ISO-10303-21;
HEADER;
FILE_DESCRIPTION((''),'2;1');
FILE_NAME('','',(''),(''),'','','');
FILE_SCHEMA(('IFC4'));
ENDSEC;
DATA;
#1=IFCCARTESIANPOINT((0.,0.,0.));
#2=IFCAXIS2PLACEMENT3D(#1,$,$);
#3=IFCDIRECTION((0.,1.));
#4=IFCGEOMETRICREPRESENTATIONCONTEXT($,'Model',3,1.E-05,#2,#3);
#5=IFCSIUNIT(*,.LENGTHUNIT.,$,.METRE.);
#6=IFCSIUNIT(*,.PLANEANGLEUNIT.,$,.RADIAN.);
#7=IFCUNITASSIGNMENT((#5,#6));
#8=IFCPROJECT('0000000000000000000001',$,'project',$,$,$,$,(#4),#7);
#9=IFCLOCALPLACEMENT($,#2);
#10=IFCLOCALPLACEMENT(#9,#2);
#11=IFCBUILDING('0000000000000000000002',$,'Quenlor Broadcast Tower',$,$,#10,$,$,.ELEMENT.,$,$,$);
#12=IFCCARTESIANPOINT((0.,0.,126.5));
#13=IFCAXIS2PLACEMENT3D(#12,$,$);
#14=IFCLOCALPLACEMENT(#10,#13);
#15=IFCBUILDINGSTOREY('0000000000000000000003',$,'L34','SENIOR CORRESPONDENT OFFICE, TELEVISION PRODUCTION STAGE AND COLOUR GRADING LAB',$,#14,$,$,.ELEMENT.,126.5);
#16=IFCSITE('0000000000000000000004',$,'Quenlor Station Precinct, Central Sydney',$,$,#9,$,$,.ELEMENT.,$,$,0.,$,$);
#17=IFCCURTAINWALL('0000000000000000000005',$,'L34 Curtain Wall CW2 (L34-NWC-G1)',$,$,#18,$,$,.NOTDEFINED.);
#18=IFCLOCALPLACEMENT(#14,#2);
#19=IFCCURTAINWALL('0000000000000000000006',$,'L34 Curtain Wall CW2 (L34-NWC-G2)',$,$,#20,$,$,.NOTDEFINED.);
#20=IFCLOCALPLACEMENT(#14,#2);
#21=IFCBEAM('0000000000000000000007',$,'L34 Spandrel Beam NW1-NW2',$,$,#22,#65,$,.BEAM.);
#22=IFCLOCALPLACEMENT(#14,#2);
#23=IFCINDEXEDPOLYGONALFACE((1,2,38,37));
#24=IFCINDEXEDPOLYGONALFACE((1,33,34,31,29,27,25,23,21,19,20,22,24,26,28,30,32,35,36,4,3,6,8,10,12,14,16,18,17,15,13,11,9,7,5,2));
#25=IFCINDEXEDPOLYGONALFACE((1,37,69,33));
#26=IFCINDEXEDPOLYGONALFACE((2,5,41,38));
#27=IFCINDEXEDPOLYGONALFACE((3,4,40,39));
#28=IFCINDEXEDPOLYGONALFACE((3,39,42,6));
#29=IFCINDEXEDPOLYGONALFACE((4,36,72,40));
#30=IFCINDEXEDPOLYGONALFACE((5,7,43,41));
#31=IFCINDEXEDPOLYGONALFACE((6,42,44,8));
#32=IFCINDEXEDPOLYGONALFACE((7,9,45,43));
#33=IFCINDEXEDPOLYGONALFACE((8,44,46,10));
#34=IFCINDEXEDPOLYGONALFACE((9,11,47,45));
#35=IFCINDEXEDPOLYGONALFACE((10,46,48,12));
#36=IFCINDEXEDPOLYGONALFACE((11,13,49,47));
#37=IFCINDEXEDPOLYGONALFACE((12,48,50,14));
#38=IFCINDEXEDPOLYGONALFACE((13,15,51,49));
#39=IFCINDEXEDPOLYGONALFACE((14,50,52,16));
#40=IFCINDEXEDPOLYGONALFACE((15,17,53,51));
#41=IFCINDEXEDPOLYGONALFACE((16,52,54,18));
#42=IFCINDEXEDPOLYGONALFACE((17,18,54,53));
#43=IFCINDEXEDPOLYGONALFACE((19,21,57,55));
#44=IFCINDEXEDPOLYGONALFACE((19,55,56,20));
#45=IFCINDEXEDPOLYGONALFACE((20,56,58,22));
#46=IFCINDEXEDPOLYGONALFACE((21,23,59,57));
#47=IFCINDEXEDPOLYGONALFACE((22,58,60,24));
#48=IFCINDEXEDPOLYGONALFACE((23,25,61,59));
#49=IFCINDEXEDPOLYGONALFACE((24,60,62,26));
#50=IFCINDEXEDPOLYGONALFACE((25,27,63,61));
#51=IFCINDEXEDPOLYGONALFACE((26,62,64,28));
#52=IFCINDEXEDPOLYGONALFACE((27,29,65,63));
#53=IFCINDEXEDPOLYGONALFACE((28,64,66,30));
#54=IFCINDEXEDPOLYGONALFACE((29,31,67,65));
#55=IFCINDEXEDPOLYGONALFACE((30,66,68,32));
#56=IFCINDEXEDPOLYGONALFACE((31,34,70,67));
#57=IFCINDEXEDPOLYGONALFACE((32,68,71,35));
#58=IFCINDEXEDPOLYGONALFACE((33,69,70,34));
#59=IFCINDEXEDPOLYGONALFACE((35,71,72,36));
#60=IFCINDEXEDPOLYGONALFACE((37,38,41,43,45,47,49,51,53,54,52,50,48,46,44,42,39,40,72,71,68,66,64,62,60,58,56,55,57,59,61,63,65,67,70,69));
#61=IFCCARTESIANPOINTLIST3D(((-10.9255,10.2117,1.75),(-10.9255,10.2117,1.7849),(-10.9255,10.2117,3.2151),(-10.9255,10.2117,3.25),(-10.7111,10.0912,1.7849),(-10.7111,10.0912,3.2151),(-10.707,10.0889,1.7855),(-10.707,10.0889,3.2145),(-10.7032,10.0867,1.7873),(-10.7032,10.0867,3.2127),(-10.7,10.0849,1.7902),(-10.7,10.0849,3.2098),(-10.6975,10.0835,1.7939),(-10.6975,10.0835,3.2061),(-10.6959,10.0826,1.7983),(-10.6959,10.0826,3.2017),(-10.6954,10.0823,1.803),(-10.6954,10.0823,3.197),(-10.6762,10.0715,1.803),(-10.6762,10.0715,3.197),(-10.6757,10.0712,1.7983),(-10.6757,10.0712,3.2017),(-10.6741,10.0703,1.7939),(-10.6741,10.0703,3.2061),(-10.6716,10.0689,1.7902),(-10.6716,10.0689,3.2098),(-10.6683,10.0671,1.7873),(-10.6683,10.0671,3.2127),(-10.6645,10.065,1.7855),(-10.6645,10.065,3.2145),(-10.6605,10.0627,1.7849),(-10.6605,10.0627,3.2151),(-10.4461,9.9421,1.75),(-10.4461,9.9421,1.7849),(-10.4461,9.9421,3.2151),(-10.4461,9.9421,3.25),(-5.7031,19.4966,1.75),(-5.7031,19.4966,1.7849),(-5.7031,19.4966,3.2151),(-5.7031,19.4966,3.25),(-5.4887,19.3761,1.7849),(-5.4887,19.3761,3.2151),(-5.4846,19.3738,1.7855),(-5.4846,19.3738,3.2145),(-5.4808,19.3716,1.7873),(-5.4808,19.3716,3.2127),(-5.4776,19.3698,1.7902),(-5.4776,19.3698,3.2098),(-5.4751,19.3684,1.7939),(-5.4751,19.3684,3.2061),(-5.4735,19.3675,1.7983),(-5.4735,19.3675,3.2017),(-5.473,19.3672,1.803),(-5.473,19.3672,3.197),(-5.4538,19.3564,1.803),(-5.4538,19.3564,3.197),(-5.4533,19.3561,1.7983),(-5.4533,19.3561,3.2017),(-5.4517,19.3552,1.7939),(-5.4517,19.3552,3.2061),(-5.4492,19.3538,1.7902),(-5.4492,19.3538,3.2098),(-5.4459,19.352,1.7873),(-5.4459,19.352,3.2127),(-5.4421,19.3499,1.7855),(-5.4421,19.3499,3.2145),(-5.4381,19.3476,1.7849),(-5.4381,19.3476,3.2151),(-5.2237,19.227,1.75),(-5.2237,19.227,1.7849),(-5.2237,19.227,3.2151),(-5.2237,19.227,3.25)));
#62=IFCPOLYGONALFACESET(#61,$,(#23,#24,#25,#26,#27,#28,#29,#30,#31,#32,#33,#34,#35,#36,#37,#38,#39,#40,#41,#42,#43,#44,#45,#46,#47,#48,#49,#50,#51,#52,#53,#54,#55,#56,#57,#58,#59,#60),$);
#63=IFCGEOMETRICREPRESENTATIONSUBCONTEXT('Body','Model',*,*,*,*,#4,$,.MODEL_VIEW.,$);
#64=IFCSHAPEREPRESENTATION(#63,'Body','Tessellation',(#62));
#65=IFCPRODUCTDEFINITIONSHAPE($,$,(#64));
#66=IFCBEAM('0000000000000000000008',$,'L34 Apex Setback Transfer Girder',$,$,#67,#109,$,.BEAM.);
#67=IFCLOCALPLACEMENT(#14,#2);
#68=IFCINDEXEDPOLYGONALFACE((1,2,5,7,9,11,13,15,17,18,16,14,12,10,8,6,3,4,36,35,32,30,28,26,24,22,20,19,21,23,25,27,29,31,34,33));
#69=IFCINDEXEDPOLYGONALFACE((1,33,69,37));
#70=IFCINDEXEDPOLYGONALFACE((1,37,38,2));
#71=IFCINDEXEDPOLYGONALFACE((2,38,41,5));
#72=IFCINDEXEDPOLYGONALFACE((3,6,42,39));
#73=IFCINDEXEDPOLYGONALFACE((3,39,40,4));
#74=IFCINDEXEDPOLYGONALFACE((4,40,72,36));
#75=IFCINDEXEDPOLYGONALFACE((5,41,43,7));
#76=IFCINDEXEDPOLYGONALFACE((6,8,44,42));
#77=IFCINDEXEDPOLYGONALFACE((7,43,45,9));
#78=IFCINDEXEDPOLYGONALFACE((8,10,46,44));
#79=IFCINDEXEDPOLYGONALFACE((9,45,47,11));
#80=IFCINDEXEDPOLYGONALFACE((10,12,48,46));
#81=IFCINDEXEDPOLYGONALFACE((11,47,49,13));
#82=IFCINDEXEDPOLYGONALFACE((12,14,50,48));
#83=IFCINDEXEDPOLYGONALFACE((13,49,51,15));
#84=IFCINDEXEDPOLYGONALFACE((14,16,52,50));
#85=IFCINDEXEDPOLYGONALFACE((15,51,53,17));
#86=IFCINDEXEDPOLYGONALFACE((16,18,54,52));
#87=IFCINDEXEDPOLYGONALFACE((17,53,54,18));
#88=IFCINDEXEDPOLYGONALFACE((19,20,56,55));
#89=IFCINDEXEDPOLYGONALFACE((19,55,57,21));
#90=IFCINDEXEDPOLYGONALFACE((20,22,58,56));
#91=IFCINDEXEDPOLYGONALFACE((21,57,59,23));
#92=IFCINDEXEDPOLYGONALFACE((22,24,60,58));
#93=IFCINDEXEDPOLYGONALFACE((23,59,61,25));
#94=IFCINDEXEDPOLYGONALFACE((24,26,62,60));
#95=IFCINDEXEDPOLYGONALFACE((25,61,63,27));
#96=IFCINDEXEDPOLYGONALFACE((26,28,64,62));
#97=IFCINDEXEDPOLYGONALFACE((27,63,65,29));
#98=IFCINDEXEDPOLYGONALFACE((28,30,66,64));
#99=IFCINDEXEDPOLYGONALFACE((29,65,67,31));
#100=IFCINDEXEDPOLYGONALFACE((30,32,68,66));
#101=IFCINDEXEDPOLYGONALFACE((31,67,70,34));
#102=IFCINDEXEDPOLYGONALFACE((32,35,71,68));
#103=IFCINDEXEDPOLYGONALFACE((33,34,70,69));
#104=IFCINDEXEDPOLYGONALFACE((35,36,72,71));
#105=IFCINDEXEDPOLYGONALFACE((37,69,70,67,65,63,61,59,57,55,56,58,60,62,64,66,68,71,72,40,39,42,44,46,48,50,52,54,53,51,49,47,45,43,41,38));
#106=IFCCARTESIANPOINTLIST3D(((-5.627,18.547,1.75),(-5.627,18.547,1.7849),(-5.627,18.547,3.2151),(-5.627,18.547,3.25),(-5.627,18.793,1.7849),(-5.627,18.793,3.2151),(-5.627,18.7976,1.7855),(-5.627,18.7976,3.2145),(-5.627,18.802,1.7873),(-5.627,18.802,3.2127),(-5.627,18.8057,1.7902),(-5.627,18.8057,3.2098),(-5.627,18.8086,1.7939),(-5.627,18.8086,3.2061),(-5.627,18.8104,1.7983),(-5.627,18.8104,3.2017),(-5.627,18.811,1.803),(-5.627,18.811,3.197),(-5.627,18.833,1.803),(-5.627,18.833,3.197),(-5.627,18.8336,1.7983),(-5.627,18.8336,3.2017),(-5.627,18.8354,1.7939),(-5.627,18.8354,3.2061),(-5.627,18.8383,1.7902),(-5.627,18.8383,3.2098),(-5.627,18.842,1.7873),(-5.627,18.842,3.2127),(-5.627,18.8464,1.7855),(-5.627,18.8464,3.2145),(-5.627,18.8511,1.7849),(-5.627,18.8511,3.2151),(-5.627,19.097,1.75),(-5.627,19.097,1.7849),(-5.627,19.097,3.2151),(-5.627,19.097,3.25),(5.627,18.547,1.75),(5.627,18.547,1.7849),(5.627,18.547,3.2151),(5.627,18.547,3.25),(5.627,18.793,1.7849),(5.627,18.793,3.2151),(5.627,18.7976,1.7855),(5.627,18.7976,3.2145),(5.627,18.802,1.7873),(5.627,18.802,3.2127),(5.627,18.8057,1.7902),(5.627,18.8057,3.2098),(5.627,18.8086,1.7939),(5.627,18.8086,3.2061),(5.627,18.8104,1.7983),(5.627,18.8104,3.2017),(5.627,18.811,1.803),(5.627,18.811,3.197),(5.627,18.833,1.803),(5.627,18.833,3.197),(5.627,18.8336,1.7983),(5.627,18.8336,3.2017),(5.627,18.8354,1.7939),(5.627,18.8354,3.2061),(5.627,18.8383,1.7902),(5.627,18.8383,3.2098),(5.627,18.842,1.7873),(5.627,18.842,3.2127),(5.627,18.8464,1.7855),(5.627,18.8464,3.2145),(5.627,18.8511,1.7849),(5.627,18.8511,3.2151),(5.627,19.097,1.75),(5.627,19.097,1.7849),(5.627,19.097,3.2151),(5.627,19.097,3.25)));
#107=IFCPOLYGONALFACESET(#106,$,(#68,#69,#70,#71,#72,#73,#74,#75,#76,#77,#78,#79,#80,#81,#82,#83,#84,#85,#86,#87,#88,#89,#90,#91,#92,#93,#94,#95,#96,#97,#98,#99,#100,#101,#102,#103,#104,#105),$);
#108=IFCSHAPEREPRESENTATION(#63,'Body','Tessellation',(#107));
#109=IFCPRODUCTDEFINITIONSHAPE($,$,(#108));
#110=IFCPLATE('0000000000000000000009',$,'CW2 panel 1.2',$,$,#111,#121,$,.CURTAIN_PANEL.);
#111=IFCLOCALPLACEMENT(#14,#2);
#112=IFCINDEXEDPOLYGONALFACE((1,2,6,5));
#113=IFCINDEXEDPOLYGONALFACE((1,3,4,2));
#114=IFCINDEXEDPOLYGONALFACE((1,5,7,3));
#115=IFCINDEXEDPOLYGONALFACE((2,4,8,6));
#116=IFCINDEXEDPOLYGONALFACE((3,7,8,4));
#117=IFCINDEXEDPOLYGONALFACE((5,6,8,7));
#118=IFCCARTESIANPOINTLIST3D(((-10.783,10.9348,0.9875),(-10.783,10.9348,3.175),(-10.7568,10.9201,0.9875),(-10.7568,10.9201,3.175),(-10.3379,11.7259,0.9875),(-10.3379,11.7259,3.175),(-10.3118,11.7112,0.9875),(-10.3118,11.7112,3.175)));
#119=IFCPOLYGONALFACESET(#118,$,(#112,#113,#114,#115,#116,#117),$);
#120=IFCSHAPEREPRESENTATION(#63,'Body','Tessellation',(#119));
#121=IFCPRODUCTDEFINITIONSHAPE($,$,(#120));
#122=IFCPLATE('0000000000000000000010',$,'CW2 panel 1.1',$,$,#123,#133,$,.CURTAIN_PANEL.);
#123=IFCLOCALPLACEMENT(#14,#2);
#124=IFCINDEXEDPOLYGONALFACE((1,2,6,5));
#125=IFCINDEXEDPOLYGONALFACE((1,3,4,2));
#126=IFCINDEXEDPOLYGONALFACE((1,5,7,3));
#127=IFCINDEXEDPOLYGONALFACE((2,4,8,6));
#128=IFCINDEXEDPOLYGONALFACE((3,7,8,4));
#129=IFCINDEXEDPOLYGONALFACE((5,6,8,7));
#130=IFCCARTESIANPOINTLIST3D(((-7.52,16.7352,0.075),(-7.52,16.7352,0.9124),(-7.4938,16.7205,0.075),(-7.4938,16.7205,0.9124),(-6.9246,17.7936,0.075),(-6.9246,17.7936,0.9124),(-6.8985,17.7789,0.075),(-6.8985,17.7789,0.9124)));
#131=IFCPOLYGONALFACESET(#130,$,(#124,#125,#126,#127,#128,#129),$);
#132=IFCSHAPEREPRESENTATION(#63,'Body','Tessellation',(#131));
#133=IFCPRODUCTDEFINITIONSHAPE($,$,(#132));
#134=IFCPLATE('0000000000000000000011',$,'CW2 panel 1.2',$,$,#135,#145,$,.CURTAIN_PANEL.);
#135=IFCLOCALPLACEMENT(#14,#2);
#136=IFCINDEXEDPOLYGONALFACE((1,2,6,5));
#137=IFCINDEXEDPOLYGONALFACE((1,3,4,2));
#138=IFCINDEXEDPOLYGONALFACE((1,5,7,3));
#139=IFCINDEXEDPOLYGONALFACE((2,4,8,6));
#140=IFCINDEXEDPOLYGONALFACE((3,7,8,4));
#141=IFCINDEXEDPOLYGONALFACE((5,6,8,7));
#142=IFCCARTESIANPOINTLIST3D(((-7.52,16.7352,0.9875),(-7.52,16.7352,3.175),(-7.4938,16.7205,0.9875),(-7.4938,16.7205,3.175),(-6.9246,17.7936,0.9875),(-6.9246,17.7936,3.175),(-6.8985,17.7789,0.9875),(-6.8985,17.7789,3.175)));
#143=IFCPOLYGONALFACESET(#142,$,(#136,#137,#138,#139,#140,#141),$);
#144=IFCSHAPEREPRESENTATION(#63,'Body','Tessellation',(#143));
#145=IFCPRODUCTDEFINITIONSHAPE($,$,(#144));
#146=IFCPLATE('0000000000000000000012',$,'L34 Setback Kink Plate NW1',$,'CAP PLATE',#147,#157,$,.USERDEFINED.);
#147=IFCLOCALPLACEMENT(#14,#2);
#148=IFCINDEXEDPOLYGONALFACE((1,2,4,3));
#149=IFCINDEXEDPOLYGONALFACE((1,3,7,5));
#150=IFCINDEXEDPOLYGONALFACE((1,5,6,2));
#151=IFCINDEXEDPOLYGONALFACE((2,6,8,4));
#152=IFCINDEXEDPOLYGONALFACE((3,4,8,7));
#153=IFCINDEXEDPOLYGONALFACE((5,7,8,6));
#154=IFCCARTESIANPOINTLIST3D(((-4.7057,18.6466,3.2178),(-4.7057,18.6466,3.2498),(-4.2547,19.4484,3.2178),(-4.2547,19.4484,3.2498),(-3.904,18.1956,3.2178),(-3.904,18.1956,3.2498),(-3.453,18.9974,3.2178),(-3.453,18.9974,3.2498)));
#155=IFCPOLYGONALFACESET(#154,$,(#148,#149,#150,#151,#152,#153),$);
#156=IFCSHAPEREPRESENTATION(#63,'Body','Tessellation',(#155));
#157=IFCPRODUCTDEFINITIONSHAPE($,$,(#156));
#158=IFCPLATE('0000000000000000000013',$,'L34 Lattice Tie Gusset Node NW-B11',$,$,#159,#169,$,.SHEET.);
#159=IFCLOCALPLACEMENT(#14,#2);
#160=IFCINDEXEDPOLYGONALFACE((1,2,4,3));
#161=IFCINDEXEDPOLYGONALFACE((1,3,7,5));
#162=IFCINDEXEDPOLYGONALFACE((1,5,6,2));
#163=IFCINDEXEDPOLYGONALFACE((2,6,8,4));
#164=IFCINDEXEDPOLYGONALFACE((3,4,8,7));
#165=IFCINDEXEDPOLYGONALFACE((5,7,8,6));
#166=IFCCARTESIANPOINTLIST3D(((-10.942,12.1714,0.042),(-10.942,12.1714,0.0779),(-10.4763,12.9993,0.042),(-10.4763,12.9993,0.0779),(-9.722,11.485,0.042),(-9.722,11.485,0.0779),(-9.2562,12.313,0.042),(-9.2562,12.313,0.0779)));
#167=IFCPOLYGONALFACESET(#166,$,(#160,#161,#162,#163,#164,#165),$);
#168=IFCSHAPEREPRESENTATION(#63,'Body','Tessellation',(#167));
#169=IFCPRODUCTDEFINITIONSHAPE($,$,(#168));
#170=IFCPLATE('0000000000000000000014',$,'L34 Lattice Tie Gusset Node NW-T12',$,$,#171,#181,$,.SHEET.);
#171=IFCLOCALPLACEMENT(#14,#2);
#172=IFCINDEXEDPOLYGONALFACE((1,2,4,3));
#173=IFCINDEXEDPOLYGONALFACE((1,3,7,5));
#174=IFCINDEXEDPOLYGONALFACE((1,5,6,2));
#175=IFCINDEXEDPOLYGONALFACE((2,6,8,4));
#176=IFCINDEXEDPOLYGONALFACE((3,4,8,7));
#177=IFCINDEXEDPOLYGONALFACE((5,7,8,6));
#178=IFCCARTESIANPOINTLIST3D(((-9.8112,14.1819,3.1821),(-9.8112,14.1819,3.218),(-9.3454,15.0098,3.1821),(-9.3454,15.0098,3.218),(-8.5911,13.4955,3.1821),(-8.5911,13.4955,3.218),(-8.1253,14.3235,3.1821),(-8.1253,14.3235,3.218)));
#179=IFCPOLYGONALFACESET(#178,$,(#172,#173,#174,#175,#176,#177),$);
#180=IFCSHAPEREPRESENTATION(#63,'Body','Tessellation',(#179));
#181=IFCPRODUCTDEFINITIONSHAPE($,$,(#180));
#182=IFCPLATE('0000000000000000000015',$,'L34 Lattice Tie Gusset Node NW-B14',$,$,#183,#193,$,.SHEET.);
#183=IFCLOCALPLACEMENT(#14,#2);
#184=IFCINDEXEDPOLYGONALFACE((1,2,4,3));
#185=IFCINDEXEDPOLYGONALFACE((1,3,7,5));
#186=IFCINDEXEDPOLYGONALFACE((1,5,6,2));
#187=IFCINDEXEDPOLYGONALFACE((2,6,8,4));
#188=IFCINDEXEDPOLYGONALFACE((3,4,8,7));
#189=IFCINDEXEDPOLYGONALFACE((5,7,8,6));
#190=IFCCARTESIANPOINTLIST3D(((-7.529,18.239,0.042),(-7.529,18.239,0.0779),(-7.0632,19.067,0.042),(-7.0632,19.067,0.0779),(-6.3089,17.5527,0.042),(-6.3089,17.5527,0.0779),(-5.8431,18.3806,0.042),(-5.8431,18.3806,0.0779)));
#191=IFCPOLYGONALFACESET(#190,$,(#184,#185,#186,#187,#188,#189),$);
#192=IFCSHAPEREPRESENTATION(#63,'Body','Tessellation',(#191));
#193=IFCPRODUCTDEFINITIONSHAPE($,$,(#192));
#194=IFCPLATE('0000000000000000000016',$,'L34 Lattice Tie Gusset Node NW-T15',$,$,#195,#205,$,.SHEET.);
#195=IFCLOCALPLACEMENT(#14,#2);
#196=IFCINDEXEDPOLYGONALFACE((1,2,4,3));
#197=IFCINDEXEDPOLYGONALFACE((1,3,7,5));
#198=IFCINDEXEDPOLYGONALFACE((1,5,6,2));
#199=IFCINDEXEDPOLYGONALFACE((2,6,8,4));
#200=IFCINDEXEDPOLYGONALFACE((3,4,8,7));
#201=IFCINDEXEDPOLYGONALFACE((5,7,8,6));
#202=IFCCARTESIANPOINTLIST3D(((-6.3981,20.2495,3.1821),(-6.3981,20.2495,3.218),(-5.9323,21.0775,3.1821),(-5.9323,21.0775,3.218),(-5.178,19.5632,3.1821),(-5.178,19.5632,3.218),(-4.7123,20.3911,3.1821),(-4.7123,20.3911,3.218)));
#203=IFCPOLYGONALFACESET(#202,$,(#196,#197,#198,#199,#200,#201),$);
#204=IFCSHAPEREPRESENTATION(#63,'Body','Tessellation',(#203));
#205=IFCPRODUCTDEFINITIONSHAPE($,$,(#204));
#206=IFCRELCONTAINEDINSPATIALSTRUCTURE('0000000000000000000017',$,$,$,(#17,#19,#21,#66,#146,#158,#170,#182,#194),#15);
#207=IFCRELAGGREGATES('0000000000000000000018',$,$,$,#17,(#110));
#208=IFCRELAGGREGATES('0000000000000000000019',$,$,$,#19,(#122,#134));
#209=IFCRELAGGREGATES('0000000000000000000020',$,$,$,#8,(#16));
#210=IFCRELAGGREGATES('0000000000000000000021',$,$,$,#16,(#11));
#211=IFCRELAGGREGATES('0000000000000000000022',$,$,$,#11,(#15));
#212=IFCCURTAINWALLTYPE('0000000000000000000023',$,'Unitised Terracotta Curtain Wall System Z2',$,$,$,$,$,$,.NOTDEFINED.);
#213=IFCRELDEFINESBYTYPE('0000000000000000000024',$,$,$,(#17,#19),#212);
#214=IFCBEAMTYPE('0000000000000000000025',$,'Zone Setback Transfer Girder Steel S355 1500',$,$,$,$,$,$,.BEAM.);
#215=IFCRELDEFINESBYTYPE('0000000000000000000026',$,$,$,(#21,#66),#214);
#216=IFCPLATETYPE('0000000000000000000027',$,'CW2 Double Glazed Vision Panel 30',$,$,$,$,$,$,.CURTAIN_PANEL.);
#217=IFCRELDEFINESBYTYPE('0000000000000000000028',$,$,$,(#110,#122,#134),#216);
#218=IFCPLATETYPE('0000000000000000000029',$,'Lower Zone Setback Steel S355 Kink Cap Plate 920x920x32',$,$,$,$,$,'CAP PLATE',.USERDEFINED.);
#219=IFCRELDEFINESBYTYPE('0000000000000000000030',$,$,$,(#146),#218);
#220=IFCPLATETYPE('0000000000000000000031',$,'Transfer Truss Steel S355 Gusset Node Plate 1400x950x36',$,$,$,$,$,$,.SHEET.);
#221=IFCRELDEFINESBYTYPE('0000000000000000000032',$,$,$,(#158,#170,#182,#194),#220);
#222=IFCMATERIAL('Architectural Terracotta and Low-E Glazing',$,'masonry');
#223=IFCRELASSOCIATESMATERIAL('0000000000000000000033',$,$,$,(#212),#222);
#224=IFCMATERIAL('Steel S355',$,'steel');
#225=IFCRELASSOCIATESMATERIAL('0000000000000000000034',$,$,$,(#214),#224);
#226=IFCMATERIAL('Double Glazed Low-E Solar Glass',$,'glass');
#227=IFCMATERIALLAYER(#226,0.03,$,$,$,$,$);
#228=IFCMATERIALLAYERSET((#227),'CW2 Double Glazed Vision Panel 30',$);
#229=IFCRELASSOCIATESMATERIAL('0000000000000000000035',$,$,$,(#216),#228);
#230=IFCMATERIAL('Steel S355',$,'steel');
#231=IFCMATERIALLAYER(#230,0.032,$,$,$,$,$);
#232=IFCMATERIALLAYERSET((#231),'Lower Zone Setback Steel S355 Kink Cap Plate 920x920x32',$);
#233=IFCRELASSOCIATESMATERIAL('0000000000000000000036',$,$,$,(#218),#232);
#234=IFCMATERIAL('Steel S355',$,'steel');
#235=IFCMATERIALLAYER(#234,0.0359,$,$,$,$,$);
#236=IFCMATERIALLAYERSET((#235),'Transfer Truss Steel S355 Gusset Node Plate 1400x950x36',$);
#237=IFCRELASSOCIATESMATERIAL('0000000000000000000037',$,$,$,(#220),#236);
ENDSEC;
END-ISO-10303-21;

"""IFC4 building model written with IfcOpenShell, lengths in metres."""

from ifc_helpers import new_model, si_unit, direction, frame, origin, origin_2d, place, context, subcontext, project, spatial, rectangle, i_section, extrude, material, layer, layer_set, material_profile, profile_set, type_object, element, aggregate, save


model = new_model("IFC4")

# Units and contexts
model_context = context("Model", 3, precision=1e-05, world=origin(), true_north=direction((0.0, 1.0)))
body_context = subcontext(model_context, "Body", "Model", "MODEL_VIEW")
ifc_project = project(units=[si_unit("LENGTHUNIT", "METRE"), si_unit("PLANEANGLEUNIT", "RADIAN")], contexts=[model_context])

# Site, building, storey
site_placement = place(None, origin())
site = spatial("IfcSite", under=ifc_project, at=site_placement, Name="Quenlor Station Precinct, Central Sydney", CompositionType="ELEMENT", RefElevation=0.0)
building_placement = place(site_placement, origin())
building = spatial("IfcBuilding", under=site, at=building_placement, Name="Quenlor Broadcast Tower", CompositionType="ELEMENT")
storey_placement = place(building_placement, frame((0.0, 0.0, 126.5)))
storey = spatial("IfcBuildingStorey", under=building, at=storey_placement, Name="L34", Description="SENIOR CORRESPONDENT OFFICE, TELEVISION PRODUCTION STAGE AND COLOUR GRADING LAB", CompositionType="ELEMENT", Elevation=126.5)

# Curtain wall
ifc_material_1 = material(Name="Architectural Terracotta and Low-E Glazing", Category="masonry")
curtain_wall_type = type_object("IfcCurtainWallType", Name="Unitised Terracotta Curtain Wall System Z2", PredefinedType="NOTDEFINED", material=ifc_material_1)
curtain_wall_1_placement = place(storey_placement, origin())
curtain_wall_1 = element("IfcCurtainWall", 1, at=curtain_wall_1_placement, inside=storey, type_object=curtain_wall_type, Name="L34 Curtain Wall CW2 (L34-NWC-G1)", PredefinedType="NOTDEFINED")

# Curtain wall
curtain_wall_2_placement = place(storey_placement, origin())
curtain_wall_2 = element("IfcCurtainWall", 2, at=curtain_wall_2_placement, inside=storey, type_object=curtain_wall_type, Name="L34 Curtain Wall CW2 (L34-NWC-G2)", PredefinedType="NOTDEFINED")

# Beams
ifc_material_2 = material(Name="Steel S355", Category="steel")
ifc_material_profile_1 = material_profile(ifc_material_2, i_section(OverallWidth=0.55, OverallDepth=1.5, WebThickness=0.022, FlangeThickness=0.0349, FilletRadius=0.0181, at=origin_2d()))
ifc_profile_set_1 = profile_set([ifc_material_profile_1], Name="Steel S355 1500TG510")
beam_type_1 = type_object("IfcBeamType", Name="Zone Setback Transfer Girder Steel S355 1500", PredefinedType="BEAM", material=ifc_profile_set_1)
beam_1_placement = place(storey_placement, frame((-5.4634, 19.3618, 2.5), z_axis=(-0.490236, -0.87159, 0.0), x_axis=(0.87159, -0.490236, 0.0)))
element("IfcBeam", 3, at=beam_1_placement, inside=storey, type_object=beam_type_1, Name="L34 Spandrel Beam NW1-NW2", PredefinedType="BEAM", context=body_context, shape_type="SweptSolid", body=[
    extrude(i_section(OverallWidth=0.55, OverallDepth=1.5, WebThickness=0.022, FlangeThickness=0.0349, FilletRadius=0.0181, at=origin_2d()), origin(), (0.0, 0.0, 1.0), 10.6528),
])
beam_2_placement = place(storey_placement, frame((-5.627, 18.822, 2.5), z_axis=(1.0, 0.0, 0.0), x_axis=(0.0, 1.0, 0.0)))
element("IfcBeam", 4, at=beam_2_placement, inside=storey, type_object=beam_type_1, Name="L34 Apex Setback Transfer Girder", PredefinedType="BEAM", context=body_context, shape_type="SweptSolid", body=[
    extrude(i_section(OverallWidth=0.55, OverallDepth=1.5, WebThickness=0.022, FlangeThickness=0.0349, FilletRadius=0.0181, at=origin_2d()), origin(), (0.0, 0.0, 1.0), 11.2539),
])

# Plates
ifc_material_3 = material(Name="Double Glazed Low-E Solar Glass", Category="glass")
ifc_layer_1 = layer(ifc_material_3, 0.03)
ifc_layer_set_1 = layer_set([ifc_layer_1], Name="CW2 Double Glazed Vision Panel 30")
plate_type_1 = type_object("IfcPlateType", Name="CW2 Double Glazed Vision Panel 30", PredefinedType="CURTAIN_PANEL", material=ifc_layer_set_1)
plate_1_placement = place(storey_placement, frame((-10.5474, 11.323, 0.9875), z_axis=(0.0, 0.0, 1.0), x_axis=(0.490252, 0.871581, 0.0)))
plate_1 = element("IfcPlate", 5, at=plate_1_placement, type_object=plate_type_1, Name="CW2 panel 1.2", PredefinedType="CURTAIN_PANEL", context=body_context, shape_type="SweptSolid", body=[
    extrude(rectangle(XDim=0.9077, YDim=0.03, at=origin_2d()), origin(), (0.0, 0.0, 1.0), 2.1875),
])
aggregate(curtain_wall_1, [plate_1])
plate_2_placement = place(storey_placement, frame((-7.2092, 17.2571, 0.075), z_axis=(0.0, 0.0, 1.0), x_axis=(0.490247, 0.871583, 0.0)))
plate_2 = element("IfcPlate", 6, at=plate_2_placement, type_object=plate_type_1, Name="CW2 panel 1.1", PredefinedType="CURTAIN_PANEL", context=body_context, shape_type="SweptSolid", body=[
    extrude(rectangle(XDim=1.2144, YDim=0.03, at=origin_2d()), origin(), (0.0, 0.0, 1.0), 0.8374),
])
plate_3_placement = place(storey_placement, frame((-7.2092, 17.2571, 0.9875), z_axis=(0.0, 0.0, 1.0), x_axis=(0.490247, 0.871583, 0.0)))
plate_3 = element("IfcPlate", 7, at=plate_3_placement, type_object=plate_type_1, Name="CW2 panel 1.2", PredefinedType="CURTAIN_PANEL", context=body_context, shape_type="SweptSolid", body=[
    extrude(rectangle(XDim=1.2144, YDim=0.03, at=origin_2d()), origin(), (0.0, 0.0, 1.0), 2.1875),
])
aggregate(curtain_wall_2, [plate_2, plate_3])

# Plates
ifc_material_4 = material(Name="Steel S355", Category="steel")
ifc_layer_2 = layer(ifc_material_4, 0.032)
ifc_layer_set_2 = layer_set([ifc_layer_2], Name="Lower Zone Setback Steel S355 Kink Cap Plate 920x920x32")
plate_type_2 = type_object("IfcPlateType", Name="Lower Zone Setback Steel S355 Kink Cap Plate 920x920x32", ElementType="CAP PLATE", PredefinedType="USERDEFINED", material=ifc_layer_set_2)
plate_4_placement = place(storey_placement, frame((-4.0793, 18.822, 3.2178), z_axis=(0.0, 0.0, 1.0), x_axis=(-0.871575, 0.490262, 0.0)))
element("IfcPlate", 8, at=plate_4_placement, inside=storey, type_object=plate_type_2, Name="L34 Setback Kink Plate NW1", ObjectType="CAP PLATE", PredefinedType="USERDEFINED", context=body_context, shape_type="SweptSolid", body=[
    extrude(rectangle(XDim=0.9199, YDim=0.9199, at=origin_2d()), origin(), (0.0, 0.0, 1.0), 0.032),
])
ifc_material_5 = material(Name="Steel S355", Category="steel")
ifc_layer_3 = layer(ifc_material_5, 0.0359)
ifc_layer_set_3 = layer_set([ifc_layer_3], Name="Transfer Truss Steel S355 Gusset Node Plate 1400x950x36")
plate_type_3 = type_object("IfcPlateType", Name="Transfer Truss Steel S355 Gusset Node Plate 1400x950x36", PredefinedType="SHEET", material=ifc_layer_set_3)
for number, where, z_axis, x_axis, name in (
    (9, (-10.0991, 12.2422, 0.042), (0.0, 0.0, 1.0), (-0.871556, 0.490295, 0.0), "L34 Lattice Tie Gusset Node NW-B11"),
    (10, (-8.9683, 14.2527, 3.1821), (0.0, 0.0, 1.0), (-0.871556, 0.490295, 0.0), "L34 Lattice Tie Gusset Node NW-T12"),
    (11, (-6.686, 18.3098, 0.042), (0.0, 0.0, 1.0), (-0.871556, 0.490295, 0.0), "L34 Lattice Tie Gusset Node NW-B14"),
    (12, (-5.5552, 20.3203, 3.1821), (0.0, 0.0, 1.0), (-0.871556, 0.490295, 0.0), "L34 Lattice Tie Gusset Node NW-T15"),
):
    element("IfcPlate", number, at=place(storey_placement, frame(where, z_axis=z_axis, x_axis=x_axis)), inside=storey, type_object=plate_type_3, Name=name, PredefinedType="SHEET", context=body_context, shape_type="SweptSolid", body=[
        extrude(rectangle(XDim=1.3999, YDim=0.95, at=origin_2d()), origin(), (0.0, 0.0, 1.0), 0.0359),
    ])

save(model, "model.ifc")
